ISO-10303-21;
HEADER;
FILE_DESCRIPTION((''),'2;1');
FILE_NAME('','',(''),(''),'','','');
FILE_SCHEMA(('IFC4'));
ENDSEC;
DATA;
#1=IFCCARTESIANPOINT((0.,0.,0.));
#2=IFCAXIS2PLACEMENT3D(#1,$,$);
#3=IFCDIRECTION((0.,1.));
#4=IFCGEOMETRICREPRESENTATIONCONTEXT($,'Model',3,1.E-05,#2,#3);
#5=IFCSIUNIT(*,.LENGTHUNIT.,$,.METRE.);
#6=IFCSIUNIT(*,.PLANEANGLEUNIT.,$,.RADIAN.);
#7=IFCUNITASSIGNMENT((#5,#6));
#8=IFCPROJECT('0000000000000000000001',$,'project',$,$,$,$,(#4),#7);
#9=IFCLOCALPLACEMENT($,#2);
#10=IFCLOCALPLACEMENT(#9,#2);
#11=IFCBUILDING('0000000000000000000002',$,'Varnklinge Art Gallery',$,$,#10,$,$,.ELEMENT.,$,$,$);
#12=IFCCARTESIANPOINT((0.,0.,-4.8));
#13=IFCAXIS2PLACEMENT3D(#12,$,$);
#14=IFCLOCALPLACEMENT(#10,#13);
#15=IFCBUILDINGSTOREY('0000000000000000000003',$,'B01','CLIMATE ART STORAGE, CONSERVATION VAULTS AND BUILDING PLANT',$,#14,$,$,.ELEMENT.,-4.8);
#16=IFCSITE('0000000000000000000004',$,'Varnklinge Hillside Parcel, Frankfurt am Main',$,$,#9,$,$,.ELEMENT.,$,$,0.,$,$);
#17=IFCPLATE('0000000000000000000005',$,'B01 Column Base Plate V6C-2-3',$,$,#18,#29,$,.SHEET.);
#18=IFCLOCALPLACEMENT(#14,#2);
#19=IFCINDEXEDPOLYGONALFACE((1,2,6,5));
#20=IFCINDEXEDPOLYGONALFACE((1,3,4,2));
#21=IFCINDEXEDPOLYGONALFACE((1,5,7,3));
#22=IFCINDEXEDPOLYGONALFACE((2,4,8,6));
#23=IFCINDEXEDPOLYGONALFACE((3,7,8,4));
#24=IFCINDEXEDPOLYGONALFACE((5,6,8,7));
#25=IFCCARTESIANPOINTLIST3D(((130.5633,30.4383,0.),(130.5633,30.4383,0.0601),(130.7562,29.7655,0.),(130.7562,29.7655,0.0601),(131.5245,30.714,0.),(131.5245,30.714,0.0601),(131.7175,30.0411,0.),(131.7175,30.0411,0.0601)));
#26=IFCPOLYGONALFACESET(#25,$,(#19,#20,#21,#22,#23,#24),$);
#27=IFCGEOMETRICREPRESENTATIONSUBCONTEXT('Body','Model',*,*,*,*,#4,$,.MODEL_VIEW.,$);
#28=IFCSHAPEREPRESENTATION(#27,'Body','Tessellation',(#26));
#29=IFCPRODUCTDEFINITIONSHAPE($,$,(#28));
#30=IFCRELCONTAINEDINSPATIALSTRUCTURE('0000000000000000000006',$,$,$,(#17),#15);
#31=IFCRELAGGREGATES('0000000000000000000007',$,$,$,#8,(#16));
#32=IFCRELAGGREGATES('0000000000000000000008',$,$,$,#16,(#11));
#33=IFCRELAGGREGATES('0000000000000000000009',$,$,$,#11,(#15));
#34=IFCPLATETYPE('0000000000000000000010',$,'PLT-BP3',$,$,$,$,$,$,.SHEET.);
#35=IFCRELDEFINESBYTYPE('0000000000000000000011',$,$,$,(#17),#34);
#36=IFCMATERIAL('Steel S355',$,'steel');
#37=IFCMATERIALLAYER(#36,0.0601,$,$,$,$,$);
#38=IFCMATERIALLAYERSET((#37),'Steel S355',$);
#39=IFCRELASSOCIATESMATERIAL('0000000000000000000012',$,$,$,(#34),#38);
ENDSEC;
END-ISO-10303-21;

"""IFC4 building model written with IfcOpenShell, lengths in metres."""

from ifc_helpers import new_model, si_unit, direction, frame, origin, origin_2d, place, context, subcontext, project, spatial, rectangle, extrude, material, layer, layer_set, type_object, element, save


model = new_model("IFC4")

# Units and contexts
model_context = context("Model", 3, precision=1e-05, world=origin(), true_north=direction((0.0, 1.0)))
body_context = subcontext(model_context, "Body", "Model", "MODEL_VIEW")
ifc_project = project(units=[si_unit("LENGTHUNIT", "METRE"), si_unit("PLANEANGLEUNIT", "RADIAN")], contexts=[model_context])

# Site, building, storey
site_placement = place(None, origin())
site = spatial("IfcSite", under=ifc_project, at=site_placement, Name="Varnklinge Hillside Parcel, Frankfurt am Main", CompositionType="ELEMENT", RefElevation=0.0)
building_placement = place(site_placement, origin())
building = spatial("IfcBuilding", under=site, at=building_placement, Name="Varnklinge Art Gallery", CompositionType="ELEMENT")
storey_placement = place(building_placement, frame((0.0, 0.0, -4.8)))
storey = spatial("IfcBuildingStorey", under=building, at=storey_placement, Name="B01", Description="CLIMATE ART STORAGE, CONSERVATION VAULTS AND BUILDING PLANT", CompositionType="ELEMENT", Elevation=-4.8)

# Plate
ifc_material_1 = material(Name="Steel S355", Category="steel")
ifc_layer_1 = layer(ifc_material_1, 0.0601)
ifc_layer_set_1 = layer_set([ifc_layer_1], Name="Steel S355")
plate_type_1 = type_object("IfcPlateType", Name="PLT-BP3", PredefinedType="SHEET", material=ifc_layer_set_1)
for number, where, z_axis, x_axis, name in (
    (1, (131.1404, 30.2397, 0.0), (0.0, 0.0, 1.0), (0.961262, 0.275637, 0.0), "B01 Column Base Plate V6C-2-3"),
):
    element("IfcPlate", number, at=place(storey_placement, frame(where, z_axis=z_axis, x_axis=x_axis)), inside=storey, type_object=plate_type_1, Name=name, PredefinedType="SHEET", context=body_context, shape_type="SweptSolid", body=[
        extrude(rectangle(XDim=1.0, YDim=0.7, at=origin_2d()), origin(), (0.0, 0.0, 1.0), 0.0601),
    ])

save(model, "model.ifc")
